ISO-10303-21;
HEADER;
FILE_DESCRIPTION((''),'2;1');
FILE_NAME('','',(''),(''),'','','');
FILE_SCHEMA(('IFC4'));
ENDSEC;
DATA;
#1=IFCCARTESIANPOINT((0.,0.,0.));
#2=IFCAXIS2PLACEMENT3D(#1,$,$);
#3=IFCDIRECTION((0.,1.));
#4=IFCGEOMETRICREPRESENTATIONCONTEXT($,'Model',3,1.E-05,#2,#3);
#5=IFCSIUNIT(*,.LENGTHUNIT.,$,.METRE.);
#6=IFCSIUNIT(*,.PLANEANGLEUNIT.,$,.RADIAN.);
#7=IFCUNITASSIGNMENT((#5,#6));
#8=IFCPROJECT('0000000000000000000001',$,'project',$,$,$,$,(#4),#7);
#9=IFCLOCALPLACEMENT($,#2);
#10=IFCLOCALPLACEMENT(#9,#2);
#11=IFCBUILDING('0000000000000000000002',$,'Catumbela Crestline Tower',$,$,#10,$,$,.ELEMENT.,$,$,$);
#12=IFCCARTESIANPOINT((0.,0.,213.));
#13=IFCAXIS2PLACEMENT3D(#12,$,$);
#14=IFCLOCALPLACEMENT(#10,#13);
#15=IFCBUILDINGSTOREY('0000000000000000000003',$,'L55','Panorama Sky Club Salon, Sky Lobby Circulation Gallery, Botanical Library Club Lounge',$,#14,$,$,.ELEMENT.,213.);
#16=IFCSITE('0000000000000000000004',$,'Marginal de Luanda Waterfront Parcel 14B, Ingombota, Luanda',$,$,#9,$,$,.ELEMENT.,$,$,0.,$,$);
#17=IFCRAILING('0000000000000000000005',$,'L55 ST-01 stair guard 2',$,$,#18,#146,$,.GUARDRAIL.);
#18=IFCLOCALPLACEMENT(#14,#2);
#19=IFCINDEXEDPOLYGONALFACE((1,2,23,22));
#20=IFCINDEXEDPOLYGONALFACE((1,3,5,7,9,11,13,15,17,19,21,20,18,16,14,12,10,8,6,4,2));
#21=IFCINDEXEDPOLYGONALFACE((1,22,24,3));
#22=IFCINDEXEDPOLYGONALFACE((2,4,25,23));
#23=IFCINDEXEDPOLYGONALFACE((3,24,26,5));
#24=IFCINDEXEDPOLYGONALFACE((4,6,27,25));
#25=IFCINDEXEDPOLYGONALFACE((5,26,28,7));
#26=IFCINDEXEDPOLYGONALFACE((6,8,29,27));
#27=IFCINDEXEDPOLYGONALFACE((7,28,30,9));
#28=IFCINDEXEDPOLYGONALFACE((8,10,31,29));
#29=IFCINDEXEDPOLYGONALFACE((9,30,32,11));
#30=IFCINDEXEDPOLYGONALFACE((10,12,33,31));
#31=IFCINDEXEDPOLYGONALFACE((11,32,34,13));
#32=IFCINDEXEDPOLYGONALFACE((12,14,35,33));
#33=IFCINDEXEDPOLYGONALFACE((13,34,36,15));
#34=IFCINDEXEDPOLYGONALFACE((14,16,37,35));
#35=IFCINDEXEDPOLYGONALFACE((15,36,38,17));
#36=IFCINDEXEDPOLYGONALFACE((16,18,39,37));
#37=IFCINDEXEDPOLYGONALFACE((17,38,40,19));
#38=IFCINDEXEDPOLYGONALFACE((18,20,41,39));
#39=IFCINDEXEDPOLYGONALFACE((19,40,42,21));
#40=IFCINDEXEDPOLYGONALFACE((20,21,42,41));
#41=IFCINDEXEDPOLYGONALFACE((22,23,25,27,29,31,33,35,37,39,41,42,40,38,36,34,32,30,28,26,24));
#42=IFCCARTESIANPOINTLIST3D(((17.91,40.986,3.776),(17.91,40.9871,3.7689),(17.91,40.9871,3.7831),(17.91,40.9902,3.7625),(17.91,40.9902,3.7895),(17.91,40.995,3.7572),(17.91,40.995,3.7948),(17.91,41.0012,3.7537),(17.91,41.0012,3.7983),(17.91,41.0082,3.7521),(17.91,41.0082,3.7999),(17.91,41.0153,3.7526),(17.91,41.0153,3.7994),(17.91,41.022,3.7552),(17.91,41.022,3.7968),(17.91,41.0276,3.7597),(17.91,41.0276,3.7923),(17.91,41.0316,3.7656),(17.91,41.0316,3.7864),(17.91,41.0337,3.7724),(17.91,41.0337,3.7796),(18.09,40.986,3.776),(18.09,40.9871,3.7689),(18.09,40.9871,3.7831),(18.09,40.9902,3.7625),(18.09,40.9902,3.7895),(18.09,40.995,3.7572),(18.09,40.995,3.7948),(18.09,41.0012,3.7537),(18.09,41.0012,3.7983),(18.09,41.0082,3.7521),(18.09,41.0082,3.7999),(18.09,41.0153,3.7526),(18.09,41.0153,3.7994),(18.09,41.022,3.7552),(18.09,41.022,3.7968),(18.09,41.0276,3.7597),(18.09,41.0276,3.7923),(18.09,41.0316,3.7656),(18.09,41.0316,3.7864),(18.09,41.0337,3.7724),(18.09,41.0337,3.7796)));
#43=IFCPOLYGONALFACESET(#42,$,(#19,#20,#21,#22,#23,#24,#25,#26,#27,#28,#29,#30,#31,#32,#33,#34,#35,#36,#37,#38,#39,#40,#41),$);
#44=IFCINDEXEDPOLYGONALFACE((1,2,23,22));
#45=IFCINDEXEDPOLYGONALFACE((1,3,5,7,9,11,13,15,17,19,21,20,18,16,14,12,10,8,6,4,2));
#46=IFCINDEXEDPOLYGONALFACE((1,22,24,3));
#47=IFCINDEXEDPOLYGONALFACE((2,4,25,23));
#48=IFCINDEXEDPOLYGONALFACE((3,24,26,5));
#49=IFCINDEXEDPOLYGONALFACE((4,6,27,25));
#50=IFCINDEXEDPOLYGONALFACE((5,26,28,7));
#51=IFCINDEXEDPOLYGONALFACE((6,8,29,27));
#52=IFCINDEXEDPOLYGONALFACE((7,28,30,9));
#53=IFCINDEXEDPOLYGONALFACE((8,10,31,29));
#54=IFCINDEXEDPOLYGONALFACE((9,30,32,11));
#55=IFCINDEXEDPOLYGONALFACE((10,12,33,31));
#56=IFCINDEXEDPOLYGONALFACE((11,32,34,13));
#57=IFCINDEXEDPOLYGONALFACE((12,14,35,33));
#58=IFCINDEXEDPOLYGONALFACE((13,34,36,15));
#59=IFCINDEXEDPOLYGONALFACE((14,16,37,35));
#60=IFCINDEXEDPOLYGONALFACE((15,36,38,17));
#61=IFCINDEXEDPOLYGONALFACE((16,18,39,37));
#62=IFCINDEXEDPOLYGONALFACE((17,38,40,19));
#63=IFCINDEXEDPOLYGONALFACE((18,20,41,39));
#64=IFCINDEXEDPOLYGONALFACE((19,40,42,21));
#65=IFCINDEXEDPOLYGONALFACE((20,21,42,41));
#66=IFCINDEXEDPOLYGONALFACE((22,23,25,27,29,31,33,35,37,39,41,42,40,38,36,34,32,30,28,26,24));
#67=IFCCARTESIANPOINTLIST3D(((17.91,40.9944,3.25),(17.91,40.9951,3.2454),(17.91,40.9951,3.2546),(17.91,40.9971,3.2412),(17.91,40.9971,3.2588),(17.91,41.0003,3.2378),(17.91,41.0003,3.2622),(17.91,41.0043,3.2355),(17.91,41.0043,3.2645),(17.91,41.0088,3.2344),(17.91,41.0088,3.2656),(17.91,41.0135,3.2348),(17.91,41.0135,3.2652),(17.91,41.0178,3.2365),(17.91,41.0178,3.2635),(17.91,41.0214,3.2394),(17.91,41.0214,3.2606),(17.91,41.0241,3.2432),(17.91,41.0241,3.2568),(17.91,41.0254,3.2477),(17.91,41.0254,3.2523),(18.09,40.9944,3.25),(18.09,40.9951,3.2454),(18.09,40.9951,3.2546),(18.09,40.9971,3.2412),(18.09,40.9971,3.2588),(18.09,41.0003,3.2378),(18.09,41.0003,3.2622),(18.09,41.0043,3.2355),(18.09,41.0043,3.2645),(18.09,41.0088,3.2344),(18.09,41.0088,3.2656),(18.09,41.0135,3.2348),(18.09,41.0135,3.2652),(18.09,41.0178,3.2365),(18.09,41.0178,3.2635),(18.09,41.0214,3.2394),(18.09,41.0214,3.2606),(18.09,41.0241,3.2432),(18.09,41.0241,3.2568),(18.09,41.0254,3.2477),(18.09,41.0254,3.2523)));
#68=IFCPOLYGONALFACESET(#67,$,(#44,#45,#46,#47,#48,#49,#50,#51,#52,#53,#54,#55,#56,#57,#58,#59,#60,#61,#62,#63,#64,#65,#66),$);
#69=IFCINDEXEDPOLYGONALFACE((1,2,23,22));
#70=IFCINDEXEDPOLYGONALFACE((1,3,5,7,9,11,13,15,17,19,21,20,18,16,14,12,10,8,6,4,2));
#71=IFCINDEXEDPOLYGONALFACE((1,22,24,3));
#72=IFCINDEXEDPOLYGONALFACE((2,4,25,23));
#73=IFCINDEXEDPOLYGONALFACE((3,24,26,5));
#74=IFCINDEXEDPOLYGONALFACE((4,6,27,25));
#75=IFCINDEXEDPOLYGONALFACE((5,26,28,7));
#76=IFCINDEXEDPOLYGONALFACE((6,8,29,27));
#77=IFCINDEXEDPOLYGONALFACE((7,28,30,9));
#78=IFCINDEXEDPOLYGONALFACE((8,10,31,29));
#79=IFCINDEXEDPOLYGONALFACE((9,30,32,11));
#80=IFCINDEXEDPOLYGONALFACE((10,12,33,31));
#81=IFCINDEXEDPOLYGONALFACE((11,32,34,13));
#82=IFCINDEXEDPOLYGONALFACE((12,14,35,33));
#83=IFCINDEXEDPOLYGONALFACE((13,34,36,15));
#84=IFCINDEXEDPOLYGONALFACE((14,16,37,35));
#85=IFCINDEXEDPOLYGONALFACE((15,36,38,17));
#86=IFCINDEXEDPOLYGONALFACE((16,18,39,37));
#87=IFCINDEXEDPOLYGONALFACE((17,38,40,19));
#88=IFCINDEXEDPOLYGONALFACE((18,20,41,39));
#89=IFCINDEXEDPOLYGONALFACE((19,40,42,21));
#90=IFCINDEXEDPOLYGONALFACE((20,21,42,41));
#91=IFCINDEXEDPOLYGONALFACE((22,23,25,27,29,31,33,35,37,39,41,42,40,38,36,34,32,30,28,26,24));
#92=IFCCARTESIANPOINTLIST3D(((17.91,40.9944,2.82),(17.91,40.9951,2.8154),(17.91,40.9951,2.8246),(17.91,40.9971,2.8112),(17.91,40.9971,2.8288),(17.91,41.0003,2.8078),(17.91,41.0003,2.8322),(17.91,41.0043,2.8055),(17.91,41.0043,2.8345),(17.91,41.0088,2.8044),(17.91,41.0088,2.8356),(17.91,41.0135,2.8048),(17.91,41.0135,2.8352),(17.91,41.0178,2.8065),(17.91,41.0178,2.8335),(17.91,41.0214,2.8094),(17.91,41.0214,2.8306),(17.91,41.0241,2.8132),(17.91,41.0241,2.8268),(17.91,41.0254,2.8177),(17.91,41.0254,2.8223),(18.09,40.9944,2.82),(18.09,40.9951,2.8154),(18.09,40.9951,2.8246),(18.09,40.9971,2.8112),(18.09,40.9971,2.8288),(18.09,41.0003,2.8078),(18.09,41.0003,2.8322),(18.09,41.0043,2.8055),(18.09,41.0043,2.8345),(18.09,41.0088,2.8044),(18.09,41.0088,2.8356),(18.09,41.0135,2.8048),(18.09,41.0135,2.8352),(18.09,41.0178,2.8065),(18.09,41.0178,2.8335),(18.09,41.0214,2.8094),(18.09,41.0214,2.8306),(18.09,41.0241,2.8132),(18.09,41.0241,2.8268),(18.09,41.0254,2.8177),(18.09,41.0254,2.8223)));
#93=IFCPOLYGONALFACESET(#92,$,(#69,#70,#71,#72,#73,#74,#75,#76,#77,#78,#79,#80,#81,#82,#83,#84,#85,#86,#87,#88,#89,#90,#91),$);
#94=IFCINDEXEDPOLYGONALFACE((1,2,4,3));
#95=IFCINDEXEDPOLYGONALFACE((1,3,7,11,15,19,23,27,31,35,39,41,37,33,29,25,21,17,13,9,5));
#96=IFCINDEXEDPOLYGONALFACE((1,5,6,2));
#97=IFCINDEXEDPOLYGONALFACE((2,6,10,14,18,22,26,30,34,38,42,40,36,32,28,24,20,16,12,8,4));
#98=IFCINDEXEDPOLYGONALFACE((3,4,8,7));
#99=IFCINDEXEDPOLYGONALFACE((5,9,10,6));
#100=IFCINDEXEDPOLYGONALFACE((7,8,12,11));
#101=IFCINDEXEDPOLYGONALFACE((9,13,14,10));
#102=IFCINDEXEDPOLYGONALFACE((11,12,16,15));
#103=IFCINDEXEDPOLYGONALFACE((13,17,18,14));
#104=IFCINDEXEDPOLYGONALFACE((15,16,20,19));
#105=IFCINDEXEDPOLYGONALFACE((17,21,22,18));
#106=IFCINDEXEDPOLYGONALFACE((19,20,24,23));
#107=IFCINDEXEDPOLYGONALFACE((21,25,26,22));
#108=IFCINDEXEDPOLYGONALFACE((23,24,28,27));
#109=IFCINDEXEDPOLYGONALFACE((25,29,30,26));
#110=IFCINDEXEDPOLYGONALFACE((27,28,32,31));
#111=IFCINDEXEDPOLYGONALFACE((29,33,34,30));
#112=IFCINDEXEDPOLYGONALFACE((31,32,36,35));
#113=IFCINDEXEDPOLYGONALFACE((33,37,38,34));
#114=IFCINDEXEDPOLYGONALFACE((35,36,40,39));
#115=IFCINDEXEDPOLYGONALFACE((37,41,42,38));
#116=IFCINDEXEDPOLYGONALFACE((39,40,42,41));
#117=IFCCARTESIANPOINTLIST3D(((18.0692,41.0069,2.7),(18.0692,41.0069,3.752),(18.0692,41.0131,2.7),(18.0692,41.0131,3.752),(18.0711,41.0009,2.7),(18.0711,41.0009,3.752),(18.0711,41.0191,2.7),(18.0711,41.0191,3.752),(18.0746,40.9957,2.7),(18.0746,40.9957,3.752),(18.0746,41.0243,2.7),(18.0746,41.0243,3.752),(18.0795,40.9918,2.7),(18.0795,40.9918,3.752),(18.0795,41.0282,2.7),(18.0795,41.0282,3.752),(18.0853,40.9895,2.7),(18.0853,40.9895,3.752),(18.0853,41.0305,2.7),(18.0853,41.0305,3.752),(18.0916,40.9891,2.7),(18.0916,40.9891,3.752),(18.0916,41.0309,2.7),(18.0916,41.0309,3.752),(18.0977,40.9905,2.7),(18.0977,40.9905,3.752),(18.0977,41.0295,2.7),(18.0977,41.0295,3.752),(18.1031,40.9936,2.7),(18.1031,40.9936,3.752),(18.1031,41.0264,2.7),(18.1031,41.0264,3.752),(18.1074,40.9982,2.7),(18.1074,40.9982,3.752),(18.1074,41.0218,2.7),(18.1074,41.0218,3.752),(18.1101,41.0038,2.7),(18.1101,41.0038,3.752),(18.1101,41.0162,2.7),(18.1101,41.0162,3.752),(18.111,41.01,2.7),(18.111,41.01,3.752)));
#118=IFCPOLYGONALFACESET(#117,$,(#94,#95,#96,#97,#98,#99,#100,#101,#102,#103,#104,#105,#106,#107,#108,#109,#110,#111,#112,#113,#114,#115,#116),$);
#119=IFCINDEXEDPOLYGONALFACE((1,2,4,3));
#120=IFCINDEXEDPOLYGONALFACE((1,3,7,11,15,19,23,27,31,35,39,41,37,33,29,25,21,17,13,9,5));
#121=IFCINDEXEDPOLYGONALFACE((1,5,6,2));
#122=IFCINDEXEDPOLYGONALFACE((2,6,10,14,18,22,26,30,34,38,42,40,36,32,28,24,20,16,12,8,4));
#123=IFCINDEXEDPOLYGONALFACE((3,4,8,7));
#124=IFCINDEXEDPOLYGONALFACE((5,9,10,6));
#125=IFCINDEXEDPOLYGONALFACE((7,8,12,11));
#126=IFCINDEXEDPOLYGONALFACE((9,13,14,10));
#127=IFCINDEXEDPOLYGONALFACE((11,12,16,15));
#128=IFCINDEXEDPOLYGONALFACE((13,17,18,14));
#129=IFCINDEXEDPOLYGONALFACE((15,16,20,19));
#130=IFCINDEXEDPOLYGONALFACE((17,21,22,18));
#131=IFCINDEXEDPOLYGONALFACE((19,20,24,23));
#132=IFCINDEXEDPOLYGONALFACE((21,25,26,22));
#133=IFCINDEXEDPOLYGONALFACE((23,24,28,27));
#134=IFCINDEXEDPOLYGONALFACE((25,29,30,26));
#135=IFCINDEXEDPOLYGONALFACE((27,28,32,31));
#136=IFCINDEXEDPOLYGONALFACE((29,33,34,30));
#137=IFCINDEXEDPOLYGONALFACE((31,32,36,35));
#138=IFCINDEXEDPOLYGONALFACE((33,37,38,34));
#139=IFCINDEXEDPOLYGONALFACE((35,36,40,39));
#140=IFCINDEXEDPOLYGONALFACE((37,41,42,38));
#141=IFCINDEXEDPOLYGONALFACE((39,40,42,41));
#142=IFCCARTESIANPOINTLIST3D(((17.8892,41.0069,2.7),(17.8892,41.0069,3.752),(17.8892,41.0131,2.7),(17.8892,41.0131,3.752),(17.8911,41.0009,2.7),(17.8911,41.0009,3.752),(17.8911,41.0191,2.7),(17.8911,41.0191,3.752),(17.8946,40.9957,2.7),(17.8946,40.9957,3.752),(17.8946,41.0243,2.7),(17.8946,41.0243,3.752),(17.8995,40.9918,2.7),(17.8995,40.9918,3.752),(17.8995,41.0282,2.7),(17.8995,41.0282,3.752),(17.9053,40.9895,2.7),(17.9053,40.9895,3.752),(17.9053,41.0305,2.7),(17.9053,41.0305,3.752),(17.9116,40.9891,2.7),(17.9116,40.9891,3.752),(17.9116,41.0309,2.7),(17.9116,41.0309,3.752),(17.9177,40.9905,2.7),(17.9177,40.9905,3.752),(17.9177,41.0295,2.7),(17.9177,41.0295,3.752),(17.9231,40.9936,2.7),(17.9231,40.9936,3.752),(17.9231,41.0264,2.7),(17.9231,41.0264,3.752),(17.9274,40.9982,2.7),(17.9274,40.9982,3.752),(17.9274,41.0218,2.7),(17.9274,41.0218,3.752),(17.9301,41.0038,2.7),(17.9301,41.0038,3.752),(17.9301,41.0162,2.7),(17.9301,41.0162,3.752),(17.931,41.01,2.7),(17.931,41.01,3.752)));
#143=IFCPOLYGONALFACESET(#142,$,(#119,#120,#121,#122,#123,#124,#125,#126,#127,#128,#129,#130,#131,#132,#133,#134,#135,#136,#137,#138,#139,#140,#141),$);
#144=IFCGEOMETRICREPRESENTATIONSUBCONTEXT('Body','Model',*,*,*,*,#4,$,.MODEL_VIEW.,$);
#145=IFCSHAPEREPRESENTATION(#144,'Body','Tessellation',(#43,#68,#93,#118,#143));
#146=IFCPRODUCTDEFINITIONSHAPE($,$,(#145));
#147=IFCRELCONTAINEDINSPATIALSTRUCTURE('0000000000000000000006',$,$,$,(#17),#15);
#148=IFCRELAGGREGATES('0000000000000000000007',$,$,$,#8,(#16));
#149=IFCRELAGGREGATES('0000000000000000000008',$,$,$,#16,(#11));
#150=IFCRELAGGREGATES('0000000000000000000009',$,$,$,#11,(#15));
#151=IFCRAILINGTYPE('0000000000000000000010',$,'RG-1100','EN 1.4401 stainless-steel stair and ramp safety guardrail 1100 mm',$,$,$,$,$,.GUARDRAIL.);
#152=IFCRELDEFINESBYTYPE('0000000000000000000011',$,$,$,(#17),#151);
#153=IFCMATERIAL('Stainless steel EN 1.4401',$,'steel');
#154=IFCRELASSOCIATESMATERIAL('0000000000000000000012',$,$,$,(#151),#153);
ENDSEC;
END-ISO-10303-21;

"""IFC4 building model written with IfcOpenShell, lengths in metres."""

from ifc_helpers import new_model, si_unit, direction, frame, origin, origin_2d, place, context, subcontext, project, spatial, circle, extrude, material, type_object, element, save


model = new_model("IFC4")

# Units and contexts
model_context = context("Model", 3, precision=1e-05, world=origin(), true_north=direction((0.0, 1.0)))
body_context = subcontext(model_context, "Body", "Model", "MODEL_VIEW")
ifc_project = project(units=[si_unit("LENGTHUNIT", "METRE"), si_unit("PLANEANGLEUNIT", "RADIAN")], contexts=[model_context])

# Site, building, storey
site_placement = place(None, origin())
site = spatial("IfcSite", under=ifc_project, at=site_placement, Name="Marginal de Luanda Waterfront Parcel 14B, Ingombota, Luanda", CompositionType="ELEMENT", RefElevation=0.0)
building_placement = place(site_placement, origin())
building = spatial("IfcBuilding", under=site, at=building_placement, Name="Catumbela Crestline Tower", CompositionType="ELEMENT")
storey_placement = place(building_placement, frame((0.0, 0.0, 213.0)))
storey = spatial("IfcBuildingStorey", under=building, at=storey_placement, Name="L55", Description="Panorama Sky Club Salon, Sky Lobby Circulation Gallery, Botanical Library Club Lounge", CompositionType="ELEMENT", Elevation=213.0)

# Shared definitions
ifc_material_1 = material(Name="Stainless steel EN 1.4401", Category="steel")

# Railing
railing_type_1 = type_object("IfcRailingType", Name="RG-1100", Description="EN 1.4401 stainless-steel stair and ramp safety guardrail 1100 mm", PredefinedType="GUARDRAIL", material=ifc_material_1)
railing_1_placement = place(storey_placement, frame((18.09, 41.01, 2.7)))
element("IfcRailing", 1, at=railing_1_placement, inside=storey, type_object=railing_type_1, Name="L55 ST-01 stair guard 2", PredefinedType="GUARDRAIL", context=body_context, shape_type="SweptSolid", body=[
    extrude(circle(Radius=0.024, at=origin_2d()), frame((0.0, 0.0, 1.076), z_axis=(-1.0, 0.0, 0.0), x_axis=(0.0, -1.0, 0.0)), (0.0, 0.0, 1.0), 0.18),
    extrude(circle(Radius=0.0156, at=origin_2d()), frame((0.0, 0.0, 0.55), z_axis=(-1.0, 0.0, 0.0), x_axis=(0.0, -1.0, 0.0)), (0.0, 0.0, 1.0), 0.18),
    extrude(circle(Radius=0.0156, at=origin_2d()), frame((0.0, 0.0, 0.12), z_axis=(-1.0, 0.0, 0.0), x_axis=(0.0, -1.0, 0.0)), (0.0, 0.0, 1.0), 0.18),
    extrude(circle(Radius=0.021, at=origin_2d()), origin(), (0.0, 0.0, 1.0), 1.052),
    extrude(circle(Radius=0.021, at=origin_2d()), frame((-0.18, 0.0, 0.0)), (0.0, 0.0, 1.0), 1.052),
])

save(model, "model.ifc")
